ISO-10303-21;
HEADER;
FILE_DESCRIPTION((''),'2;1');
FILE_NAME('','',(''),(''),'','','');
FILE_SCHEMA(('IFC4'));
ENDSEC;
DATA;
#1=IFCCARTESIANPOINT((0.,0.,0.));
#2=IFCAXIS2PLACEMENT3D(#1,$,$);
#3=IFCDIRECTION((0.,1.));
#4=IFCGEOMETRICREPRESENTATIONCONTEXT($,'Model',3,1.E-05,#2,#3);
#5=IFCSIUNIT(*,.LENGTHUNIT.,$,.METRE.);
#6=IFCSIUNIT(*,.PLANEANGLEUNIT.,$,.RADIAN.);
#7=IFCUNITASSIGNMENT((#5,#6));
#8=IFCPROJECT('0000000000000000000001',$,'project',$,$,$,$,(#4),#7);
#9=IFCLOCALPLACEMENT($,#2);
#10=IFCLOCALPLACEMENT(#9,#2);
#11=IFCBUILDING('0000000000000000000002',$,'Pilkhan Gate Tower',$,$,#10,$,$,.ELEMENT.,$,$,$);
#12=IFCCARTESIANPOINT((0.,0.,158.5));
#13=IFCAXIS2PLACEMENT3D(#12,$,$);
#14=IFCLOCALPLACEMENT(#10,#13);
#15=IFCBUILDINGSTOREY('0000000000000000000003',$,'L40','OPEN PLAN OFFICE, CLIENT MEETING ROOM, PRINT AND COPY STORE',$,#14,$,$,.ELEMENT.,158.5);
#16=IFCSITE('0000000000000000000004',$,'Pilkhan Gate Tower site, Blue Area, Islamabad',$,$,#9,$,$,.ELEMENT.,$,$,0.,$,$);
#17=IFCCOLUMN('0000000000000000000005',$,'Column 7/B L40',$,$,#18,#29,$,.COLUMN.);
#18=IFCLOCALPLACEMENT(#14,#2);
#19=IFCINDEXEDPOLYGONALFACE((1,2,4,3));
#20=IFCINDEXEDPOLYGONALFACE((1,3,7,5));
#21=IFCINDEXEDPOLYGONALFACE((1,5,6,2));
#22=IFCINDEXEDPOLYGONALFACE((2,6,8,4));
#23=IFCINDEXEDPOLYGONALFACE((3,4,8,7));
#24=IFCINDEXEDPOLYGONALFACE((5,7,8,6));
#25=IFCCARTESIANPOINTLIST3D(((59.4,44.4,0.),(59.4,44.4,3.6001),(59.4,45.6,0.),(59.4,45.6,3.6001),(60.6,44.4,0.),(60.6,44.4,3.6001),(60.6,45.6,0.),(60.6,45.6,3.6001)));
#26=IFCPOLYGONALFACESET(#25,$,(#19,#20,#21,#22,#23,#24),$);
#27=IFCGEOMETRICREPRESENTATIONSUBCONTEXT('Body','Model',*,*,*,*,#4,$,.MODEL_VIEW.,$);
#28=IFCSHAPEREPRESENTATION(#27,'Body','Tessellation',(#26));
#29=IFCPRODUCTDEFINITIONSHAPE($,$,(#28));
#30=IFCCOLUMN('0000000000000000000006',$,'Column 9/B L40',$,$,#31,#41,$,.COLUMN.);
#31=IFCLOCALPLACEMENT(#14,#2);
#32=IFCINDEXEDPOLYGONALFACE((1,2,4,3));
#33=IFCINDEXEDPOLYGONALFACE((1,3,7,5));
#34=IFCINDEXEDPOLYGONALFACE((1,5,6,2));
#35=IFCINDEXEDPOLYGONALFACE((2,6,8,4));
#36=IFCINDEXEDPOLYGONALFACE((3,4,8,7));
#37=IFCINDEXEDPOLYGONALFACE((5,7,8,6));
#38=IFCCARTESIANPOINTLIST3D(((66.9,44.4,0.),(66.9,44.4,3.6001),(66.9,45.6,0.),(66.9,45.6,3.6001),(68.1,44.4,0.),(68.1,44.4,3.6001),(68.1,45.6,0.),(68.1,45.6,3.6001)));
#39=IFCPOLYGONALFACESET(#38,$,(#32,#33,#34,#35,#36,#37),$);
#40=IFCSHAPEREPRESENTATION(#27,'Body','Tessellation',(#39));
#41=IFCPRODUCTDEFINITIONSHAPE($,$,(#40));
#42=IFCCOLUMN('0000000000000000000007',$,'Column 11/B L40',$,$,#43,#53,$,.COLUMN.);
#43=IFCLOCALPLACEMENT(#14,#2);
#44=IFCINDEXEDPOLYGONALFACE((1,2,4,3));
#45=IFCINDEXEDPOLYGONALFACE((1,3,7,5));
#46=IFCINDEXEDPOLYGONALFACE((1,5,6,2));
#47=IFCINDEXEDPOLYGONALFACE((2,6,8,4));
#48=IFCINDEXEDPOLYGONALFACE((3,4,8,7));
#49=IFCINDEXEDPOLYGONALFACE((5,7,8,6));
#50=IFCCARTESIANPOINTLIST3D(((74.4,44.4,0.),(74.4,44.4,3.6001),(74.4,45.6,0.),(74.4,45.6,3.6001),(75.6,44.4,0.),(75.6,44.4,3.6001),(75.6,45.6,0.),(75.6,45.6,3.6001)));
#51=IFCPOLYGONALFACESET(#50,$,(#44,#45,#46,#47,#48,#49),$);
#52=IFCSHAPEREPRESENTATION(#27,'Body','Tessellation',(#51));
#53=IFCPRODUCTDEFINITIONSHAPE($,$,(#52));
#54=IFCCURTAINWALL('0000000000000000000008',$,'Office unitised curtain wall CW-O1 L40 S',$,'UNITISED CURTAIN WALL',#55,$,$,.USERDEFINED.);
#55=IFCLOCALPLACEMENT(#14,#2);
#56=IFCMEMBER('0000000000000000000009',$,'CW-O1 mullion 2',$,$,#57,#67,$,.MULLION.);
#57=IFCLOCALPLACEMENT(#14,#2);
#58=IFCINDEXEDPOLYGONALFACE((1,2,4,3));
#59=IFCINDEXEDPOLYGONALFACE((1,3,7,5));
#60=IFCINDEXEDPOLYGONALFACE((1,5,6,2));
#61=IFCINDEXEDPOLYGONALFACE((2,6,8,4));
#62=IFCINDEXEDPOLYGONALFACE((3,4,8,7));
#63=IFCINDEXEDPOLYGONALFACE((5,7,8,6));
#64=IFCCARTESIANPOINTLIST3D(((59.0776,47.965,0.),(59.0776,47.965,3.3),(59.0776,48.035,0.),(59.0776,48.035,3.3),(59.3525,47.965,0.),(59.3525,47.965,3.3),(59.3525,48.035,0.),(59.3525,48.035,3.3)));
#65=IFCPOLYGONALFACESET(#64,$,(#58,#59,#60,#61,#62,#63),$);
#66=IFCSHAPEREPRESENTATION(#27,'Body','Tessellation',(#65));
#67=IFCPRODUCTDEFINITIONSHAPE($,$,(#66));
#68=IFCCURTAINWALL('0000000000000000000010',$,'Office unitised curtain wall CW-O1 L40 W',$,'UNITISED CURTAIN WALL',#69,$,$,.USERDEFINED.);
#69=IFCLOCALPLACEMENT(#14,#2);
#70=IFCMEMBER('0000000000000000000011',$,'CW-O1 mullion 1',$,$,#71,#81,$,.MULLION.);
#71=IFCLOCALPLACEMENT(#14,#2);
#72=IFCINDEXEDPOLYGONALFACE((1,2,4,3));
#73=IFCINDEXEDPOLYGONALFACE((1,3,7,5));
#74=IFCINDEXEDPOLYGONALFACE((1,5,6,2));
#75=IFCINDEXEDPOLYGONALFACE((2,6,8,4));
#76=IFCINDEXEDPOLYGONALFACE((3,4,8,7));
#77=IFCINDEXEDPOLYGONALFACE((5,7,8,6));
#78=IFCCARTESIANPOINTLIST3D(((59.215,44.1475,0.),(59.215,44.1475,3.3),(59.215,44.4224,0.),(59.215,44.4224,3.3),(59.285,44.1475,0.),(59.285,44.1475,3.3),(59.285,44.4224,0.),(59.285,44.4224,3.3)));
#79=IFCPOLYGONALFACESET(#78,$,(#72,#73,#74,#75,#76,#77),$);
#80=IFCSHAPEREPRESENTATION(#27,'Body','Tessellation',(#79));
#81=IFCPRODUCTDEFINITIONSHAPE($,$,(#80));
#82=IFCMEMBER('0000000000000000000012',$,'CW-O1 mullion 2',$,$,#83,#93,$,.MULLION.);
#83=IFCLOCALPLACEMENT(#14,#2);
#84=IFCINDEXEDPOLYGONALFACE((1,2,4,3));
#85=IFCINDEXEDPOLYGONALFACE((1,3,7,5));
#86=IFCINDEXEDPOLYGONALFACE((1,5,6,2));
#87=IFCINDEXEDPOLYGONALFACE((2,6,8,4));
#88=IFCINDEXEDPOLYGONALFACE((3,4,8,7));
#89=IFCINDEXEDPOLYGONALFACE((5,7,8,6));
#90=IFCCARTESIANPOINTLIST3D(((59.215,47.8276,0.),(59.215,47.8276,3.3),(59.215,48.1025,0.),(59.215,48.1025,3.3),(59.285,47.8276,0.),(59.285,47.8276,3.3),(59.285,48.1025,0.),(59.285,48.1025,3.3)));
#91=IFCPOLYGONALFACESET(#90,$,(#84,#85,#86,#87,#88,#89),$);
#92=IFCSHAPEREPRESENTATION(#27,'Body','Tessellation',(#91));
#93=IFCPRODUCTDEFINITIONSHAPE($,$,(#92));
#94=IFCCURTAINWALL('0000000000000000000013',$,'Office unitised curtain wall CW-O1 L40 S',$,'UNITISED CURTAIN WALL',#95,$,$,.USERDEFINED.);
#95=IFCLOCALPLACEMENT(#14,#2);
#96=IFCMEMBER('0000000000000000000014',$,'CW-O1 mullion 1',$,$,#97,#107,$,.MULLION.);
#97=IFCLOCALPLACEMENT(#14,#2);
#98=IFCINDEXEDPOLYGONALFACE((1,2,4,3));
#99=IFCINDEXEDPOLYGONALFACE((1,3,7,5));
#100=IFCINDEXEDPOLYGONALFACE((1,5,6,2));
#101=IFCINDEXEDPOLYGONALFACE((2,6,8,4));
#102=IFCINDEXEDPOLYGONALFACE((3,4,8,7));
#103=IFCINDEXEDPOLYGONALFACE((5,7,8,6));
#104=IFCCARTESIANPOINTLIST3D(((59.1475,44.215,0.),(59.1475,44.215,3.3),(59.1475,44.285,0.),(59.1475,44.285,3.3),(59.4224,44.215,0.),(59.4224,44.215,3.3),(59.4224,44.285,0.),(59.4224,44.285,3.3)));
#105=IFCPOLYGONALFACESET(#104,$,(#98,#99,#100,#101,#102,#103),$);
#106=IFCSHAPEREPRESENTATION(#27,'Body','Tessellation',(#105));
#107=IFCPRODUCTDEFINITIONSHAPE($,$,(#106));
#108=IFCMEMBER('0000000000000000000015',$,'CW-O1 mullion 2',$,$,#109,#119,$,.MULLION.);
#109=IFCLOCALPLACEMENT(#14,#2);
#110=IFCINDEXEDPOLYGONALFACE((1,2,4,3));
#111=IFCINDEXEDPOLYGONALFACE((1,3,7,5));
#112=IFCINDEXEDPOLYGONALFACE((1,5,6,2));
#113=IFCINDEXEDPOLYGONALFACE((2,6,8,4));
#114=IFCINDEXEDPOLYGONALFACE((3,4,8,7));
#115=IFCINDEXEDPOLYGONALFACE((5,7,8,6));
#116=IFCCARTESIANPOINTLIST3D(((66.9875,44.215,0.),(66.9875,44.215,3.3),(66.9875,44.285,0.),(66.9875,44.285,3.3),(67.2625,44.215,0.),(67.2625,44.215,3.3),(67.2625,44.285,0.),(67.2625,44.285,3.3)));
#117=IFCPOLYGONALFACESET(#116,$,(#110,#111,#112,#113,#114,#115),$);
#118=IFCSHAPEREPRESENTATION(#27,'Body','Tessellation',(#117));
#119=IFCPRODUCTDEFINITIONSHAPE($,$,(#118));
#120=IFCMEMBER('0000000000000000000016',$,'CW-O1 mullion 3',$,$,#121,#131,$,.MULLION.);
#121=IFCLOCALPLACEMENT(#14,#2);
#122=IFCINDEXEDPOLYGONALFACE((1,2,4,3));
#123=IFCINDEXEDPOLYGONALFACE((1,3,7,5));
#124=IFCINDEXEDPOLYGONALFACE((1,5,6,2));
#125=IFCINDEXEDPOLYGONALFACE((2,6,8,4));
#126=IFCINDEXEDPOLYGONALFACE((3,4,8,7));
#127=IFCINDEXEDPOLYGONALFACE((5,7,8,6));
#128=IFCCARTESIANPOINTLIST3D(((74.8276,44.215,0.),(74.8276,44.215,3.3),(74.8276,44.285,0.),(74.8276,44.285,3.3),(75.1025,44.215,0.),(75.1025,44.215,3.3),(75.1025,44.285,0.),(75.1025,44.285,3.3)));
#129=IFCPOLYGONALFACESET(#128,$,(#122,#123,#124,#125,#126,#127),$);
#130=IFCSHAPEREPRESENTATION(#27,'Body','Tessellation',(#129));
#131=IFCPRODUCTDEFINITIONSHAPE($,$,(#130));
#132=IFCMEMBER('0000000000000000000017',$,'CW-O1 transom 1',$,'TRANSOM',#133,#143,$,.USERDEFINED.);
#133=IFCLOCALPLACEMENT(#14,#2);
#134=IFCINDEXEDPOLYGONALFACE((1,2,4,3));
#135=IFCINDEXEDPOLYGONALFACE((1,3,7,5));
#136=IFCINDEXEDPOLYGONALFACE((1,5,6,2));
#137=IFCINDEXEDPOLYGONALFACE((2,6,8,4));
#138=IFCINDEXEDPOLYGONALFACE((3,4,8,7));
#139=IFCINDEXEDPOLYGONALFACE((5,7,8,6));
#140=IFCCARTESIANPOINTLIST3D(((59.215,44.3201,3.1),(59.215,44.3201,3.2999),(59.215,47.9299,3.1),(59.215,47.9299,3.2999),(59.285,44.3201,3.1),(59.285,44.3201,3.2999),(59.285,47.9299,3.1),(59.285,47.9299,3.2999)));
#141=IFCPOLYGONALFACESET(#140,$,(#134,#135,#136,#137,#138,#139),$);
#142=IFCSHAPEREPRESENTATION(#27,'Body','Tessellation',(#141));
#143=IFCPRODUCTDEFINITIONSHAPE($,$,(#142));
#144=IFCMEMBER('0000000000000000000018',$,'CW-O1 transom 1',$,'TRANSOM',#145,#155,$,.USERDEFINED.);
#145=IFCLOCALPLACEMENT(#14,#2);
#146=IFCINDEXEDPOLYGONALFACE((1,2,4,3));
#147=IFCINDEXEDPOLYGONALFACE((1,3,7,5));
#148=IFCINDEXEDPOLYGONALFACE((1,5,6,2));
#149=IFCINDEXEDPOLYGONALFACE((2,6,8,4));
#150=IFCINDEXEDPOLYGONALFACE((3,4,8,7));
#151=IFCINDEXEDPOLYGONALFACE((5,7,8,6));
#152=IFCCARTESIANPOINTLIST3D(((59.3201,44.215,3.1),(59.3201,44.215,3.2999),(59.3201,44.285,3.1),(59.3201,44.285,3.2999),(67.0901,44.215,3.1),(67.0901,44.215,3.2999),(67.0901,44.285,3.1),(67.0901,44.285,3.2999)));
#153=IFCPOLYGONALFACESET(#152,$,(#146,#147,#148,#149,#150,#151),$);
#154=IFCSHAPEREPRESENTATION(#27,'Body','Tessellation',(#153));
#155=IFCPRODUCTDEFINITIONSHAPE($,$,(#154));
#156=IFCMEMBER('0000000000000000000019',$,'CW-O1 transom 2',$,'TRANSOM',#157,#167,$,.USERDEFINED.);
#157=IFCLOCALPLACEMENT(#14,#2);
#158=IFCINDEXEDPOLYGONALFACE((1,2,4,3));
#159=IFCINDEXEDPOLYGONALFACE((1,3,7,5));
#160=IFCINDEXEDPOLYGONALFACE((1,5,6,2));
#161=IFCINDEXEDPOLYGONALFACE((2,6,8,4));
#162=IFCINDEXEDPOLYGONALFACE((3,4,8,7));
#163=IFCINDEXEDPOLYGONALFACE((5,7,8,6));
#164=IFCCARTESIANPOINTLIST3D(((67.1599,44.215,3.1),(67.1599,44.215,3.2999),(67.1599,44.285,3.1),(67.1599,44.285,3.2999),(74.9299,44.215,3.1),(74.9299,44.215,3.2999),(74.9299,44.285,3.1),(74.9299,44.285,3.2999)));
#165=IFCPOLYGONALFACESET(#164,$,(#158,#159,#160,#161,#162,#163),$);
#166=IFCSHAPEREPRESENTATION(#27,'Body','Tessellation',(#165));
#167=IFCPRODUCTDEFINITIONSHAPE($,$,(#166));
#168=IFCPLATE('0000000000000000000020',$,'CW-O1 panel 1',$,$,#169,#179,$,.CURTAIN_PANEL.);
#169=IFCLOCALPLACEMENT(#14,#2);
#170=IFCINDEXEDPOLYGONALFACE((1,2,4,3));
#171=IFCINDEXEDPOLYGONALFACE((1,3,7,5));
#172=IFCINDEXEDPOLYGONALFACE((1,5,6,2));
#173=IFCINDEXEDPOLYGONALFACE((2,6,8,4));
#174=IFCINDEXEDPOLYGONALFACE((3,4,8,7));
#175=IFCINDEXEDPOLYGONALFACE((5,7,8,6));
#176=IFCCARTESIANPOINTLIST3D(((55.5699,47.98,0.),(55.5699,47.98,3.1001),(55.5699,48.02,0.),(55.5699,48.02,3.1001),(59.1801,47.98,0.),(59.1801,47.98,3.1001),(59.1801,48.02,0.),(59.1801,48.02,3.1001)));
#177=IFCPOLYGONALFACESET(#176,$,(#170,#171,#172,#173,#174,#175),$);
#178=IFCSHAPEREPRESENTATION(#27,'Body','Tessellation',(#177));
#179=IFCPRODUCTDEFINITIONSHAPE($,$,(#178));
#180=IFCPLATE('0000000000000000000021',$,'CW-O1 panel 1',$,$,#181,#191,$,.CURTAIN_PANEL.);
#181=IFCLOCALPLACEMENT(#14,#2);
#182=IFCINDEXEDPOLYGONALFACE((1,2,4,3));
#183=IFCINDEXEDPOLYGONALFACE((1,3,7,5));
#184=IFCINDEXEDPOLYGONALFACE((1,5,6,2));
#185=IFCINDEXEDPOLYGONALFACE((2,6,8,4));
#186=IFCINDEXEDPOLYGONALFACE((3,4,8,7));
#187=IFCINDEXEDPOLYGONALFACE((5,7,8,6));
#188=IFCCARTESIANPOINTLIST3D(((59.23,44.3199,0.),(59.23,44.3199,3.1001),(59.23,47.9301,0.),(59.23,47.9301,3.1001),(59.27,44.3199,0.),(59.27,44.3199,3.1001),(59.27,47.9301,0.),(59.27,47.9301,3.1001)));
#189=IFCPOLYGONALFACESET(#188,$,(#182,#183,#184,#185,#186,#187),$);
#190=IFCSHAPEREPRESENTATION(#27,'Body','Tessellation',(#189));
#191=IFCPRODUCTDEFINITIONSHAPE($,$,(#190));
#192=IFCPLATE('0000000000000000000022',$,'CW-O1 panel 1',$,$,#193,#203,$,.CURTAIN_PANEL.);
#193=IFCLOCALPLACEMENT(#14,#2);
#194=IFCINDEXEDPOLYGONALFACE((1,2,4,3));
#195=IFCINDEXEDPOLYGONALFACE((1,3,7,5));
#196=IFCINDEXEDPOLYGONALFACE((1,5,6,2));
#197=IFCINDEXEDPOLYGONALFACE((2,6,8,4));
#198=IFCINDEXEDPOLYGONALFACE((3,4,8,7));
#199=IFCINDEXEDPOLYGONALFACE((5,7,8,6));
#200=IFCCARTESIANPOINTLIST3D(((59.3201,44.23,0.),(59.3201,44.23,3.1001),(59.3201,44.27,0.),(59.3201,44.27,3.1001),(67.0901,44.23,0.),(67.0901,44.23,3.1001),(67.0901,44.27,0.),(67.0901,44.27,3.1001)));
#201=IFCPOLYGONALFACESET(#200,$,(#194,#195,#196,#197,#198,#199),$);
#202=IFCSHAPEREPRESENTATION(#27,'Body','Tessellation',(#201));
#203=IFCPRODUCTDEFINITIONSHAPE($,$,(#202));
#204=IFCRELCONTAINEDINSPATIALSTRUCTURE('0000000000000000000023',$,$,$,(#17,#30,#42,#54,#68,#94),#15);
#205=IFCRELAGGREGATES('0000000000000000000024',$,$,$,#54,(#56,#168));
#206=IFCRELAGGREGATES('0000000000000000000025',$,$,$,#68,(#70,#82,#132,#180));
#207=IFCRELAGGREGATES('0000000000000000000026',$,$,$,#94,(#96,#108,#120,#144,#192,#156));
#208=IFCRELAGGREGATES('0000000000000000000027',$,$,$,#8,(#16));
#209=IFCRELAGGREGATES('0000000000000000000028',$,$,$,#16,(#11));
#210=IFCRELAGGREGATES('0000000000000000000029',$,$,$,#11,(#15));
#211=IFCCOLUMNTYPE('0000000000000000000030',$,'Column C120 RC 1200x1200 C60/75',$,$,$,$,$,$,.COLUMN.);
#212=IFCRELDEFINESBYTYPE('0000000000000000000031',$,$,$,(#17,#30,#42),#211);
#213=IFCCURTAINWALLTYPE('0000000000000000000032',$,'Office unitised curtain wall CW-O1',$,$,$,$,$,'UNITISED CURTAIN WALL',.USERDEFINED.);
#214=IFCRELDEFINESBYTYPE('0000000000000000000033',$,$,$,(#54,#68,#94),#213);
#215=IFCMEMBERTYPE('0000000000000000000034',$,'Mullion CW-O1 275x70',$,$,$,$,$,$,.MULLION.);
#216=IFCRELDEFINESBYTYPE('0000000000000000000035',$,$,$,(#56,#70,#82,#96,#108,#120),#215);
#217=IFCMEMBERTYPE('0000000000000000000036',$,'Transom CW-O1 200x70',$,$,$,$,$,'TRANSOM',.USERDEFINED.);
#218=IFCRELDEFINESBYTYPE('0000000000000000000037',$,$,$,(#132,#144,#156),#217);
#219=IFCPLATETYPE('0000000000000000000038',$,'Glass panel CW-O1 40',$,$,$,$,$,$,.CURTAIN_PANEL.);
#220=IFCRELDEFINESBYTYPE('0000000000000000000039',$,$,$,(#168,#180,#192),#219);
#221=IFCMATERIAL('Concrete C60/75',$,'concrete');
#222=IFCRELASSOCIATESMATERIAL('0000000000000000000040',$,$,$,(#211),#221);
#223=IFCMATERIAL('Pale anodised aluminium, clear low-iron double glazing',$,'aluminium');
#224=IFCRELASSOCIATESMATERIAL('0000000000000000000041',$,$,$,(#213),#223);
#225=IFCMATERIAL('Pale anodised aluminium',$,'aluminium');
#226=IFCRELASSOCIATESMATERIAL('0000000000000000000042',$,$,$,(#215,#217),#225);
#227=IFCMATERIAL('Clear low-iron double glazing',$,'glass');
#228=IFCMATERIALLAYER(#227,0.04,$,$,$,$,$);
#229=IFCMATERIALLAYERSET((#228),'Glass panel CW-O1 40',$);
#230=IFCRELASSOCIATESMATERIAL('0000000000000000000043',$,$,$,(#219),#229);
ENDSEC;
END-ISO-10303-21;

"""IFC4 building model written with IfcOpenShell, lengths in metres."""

from ifc_helpers import new_model, si_unit, direction, frame, origin, origin_2d, place, context, subcontext, project, spatial, rectangle, extrude, material, layer, layer_set, material_profile, profile_set, type_object, element, aggregate, save


model = new_model("IFC4")

# Units and contexts
model_context = context("Model", 3, precision=1e-05, world=origin(), true_north=direction((0.0, 1.0)))
body_context = subcontext(model_context, "Body", "Model", "MODEL_VIEW")
ifc_project = project(units=[si_unit("LENGTHUNIT", "METRE"), si_unit("PLANEANGLEUNIT", "RADIAN")], contexts=[model_context])

# Site, building, storey
site_placement = place(None, origin())
site = spatial("IfcSite", under=ifc_project, at=site_placement, Name="Pilkhan Gate Tower site, Blue Area, Islamabad", CompositionType="ELEMENT", RefElevation=0.0)
building_placement = place(site_placement, origin())
building = spatial("IfcBuilding", under=site, at=building_placement, Name="Pilkhan Gate Tower", CompositionType="ELEMENT")
storey_placement = place(building_placement, frame((0.0, 0.0, 158.5)))
storey = spatial("IfcBuildingStorey", under=building, at=storey_placement, Name="L40", Description="OPEN PLAN OFFICE, CLIENT MEETING ROOM, PRINT AND COPY STORE", CompositionType="ELEMENT", Elevation=158.5)

# Columns
ifc_material_1 = material(Name="Concrete C60/75", Category="concrete")
ifc_material_profile_1 = material_profile(ifc_material_1, rectangle(XDim=1.2, YDim=1.2, at=origin_2d()), Name="RC 1200x1200")
ifc_profile_set_1 = profile_set([ifc_material_profile_1], Name="Concrete C60/75")
column_type = type_object("IfcColumnType", Name="Column C120 RC 1200x1200 C60/75", PredefinedType="COLUMN", material=ifc_profile_set_1)
for number, where, z_axis, x_axis, name in (
    (1, (60.0, 45.0, 0.0), (0.0, 0.0, 1.0), (1.0, 0.0, 0.0), "Column 7/B L40"),
    (2, (67.5, 45.0, 0.0), (0.0, 0.0, 1.0), (1.0, 0.0, 0.0), "Column 9/B L40"),
    (3, (75.0, 45.0, 0.0), (0.0, 0.0, 1.0), (1.0, 0.0, 0.0), "Column 11/B L40"),
):
    element("IfcColumn", number, at=place(storey_placement, frame(where, z_axis=z_axis, x_axis=x_axis)), inside=storey, type_object=column_type, Name=name, PredefinedType="COLUMN", context=body_context, shape_type="SweptSolid", body=[
        extrude(rectangle(XDim=1.2, YDim=1.2, at=origin_2d()), origin(), (0.0, 0.0, 1.0), 3.6001),
    ])

# Curtain wall, member
ifc_material_2 = material(Name="Pale anodised aluminium, clear low-iron double glazing", Category="aluminium")
curtain_wall_type = type_object("IfcCurtainWallType", Name="Office unitised curtain wall CW-O1", ElementType="UNITISED CURTAIN WALL", PredefinedType="USERDEFINED", material=ifc_material_2)
curtain_wall_1_placement = place(storey_placement, origin())
curtain_wall_1 = element("IfcCurtainWall", 4, at=curtain_wall_1_placement, inside=storey, type_object=curtain_wall_type, Name="Office unitised curtain wall CW-O1 L40 S", ObjectType="UNITISED CURTAIN WALL", PredefinedType="USERDEFINED")
ifc_material_3 = material(Name="Pale anodised aluminium", Category="aluminium")
ifc_material_profile_2 = material_profile(ifc_material_3, rectangle(XDim=0.0701, YDim=0.2749, at=origin_2d()), Name="Mullion 275x70")
ifc_profile_set_2 = profile_set([ifc_material_profile_2], Name="Pale anodised aluminium")
member_type_1 = type_object("IfcMemberType", Name="Mullion CW-O1 275x70", PredefinedType="MULLION", material=ifc_profile_set_2)
member_1_placement = place(storey_placement, frame((59.2151, 48.0, 0.0), z_axis=(0.0, 0.0, 1.0), x_axis=(0.0, 1.0, 0.0)))
member_1 = element("IfcMember", 5, at=member_1_placement, type_object=member_type_1, Name="CW-O1 mullion 2", PredefinedType="MULLION", context=body_context, shape_type="SweptSolid", body=[
    extrude(rectangle(XDim=0.0701, YDim=0.2749, at=origin_2d()), origin(), (0.0, 0.0, 1.0), 3.3),
])

# Curtain walls, members
curtain_wall_2_placement = place(storey_placement, origin())
curtain_wall_2 = element("IfcCurtainWall", 6, at=curtain_wall_2_placement, inside=storey, type_object=curtain_wall_type, Name="Office unitised curtain wall CW-O1 L40 W", ObjectType="UNITISED CURTAIN WALL", PredefinedType="USERDEFINED")
member_2_placement = place(storey_placement, frame((59.25, 44.2849, 0.0), z_axis=(0.0, 0.0, 1.0), x_axis=(-1.0, 0.0, 0.0)))
member_2 = element("IfcMember", 7, at=member_2_placement, type_object=member_type_1, Name="CW-O1 mullion 1", PredefinedType="MULLION", context=body_context, shape_type="SweptSolid", body=[
    extrude(rectangle(XDim=0.0701, YDim=0.2749, at=origin_2d()), origin(), (0.0, 0.0, 1.0), 3.3),
])
member_3_placement = place(storey_placement, frame((59.25, 47.9651, 0.0), z_axis=(0.0, 0.0, 1.0), x_axis=(-1.0, 0.0, 0.0)))
member_3 = element("IfcMember", 8, at=member_3_placement, type_object=member_type_1, Name="CW-O1 mullion 2", PredefinedType="MULLION", context=body_context, shape_type="SweptSolid", body=[
    extrude(rectangle(XDim=0.0701, YDim=0.2749, at=origin_2d()), origin(), (0.0, 0.0, 1.0), 3.3),
])
curtain_wall_3_placement = place(storey_placement, origin())
curtain_wall_3 = element("IfcCurtainWall", 9, at=curtain_wall_3_placement, inside=storey, type_object=curtain_wall_type, Name="Office unitised curtain wall CW-O1 L40 S", ObjectType="UNITISED CURTAIN WALL", PredefinedType="USERDEFINED")
member_4_placement = place(storey_placement, frame((59.2849, 44.25, 0.0), z_axis=(0.0, 0.0, 1.0), x_axis=(0.0, 1.0, 0.0)))
member_4 = element("IfcMember", 10, at=member_4_placement, type_object=member_type_1, Name="CW-O1 mullion 1", PredefinedType="MULLION", context=body_context, shape_type="SweptSolid", body=[
    extrude(rectangle(XDim=0.0701, YDim=0.2749, at=origin_2d()), origin(), (0.0, 0.0, 1.0), 3.3),
])
member_5_placement = place(storey_placement, frame((67.125, 44.25, 0.0), z_axis=(0.0, 0.0, 1.0), x_axis=(0.0, 1.0, 0.0)))
member_5 = element("IfcMember", 11, at=member_5_placement, type_object=member_type_1, Name="CW-O1 mullion 2", PredefinedType="MULLION", context=body_context, shape_type="SweptSolid", body=[
    extrude(rectangle(XDim=0.0701, YDim=0.2749, at=origin_2d()), origin(), (0.0, 0.0, 1.0), 3.3),
])
member_6_placement = place(storey_placement, frame((74.9651, 44.25, 0.0), z_axis=(0.0, 0.0, 1.0), x_axis=(0.0, 1.0, 0.0)))
member_6 = element("IfcMember", 12, at=member_6_placement, type_object=member_type_1, Name="CW-O1 mullion 3", PredefinedType="MULLION", context=body_context, shape_type="SweptSolid", body=[
    extrude(rectangle(XDim=0.0701, YDim=0.2749, at=origin_2d()), origin(), (0.0, 0.0, 1.0), 3.3),
])

# Members
ifc_material_profile_3 = material_profile(ifc_material_3, rectangle(XDim=0.0701, YDim=0.2, at=origin_2d()), Name="Transom 200x70")
ifc_profile_set_3 = profile_set([ifc_material_profile_3], Name="Pale anodised aluminium")
member_type_2 = type_object("IfcMemberType", Name="Transom CW-O1 200x70", ElementType="TRANSOM", PredefinedType="USERDEFINED", material=ifc_profile_set_3)
member_7_placement = place(storey_placement, frame((59.25, 44.3201, 3.2), z_axis=(0.0, 1.0, 0.0), x_axis=(-1.0, 0.0, 0.0)))
member_7 = element("IfcMember", 13, at=member_7_placement, type_object=member_type_2, Name="CW-O1 transom 1", ObjectType="TRANSOM", PredefinedType="USERDEFINED", context=body_context, shape_type="SweptSolid", body=[
    extrude(rectangle(XDim=0.0701, YDim=0.2, at=origin_2d()), origin(), (0.0, 0.0, 1.0), 3.6099),
])
member_8_placement = place(storey_placement, frame((59.3201, 44.25, 3.2), z_axis=(1.0, 0.0, 0.0), x_axis=(0.0, 1.0, 0.0)))
member_8 = element("IfcMember", 14, at=member_8_placement, type_object=member_type_2, Name="CW-O1 transom 1", ObjectType="TRANSOM", PredefinedType="USERDEFINED", context=body_context, shape_type="SweptSolid", body=[
    extrude(rectangle(XDim=0.0701, YDim=0.2, at=origin_2d()), origin(), (0.0, 0.0, 1.0), 7.77),
])
member_9_placement = place(storey_placement, frame((67.1599, 44.25, 3.2), z_axis=(1.0, 0.0, 0.0), x_axis=(0.0, 1.0, 0.0)))
member_9 = element("IfcMember", 15, at=member_9_placement, type_object=member_type_2, Name="CW-O1 transom 2", ObjectType="TRANSOM", PredefinedType="USERDEFINED", context=body_context, shape_type="SweptSolid", body=[
    extrude(rectangle(XDim=0.0701, YDim=0.2, at=origin_2d()), origin(), (0.0, 0.0, 1.0), 7.77),
])

# Plates
ifc_material_4 = material(Name="Clear low-iron double glazing", Category="glass")
ifc_layer_1 = layer(ifc_material_4, 0.04)
ifc_layer_set_1 = layer_set([ifc_layer_1], Name="Glass panel CW-O1 40")
plate_type = type_object("IfcPlateType", Name="Glass panel CW-O1 40", PredefinedType="CURTAIN_PANEL", material=ifc_layer_set_1)
plate_1_placement = place(storey_placement, frame((57.375, 48.0, 0.0), z_axis=(0.0, 0.0, 1.0), x_axis=(1.0, 0.0, 0.0)))
plate_1 = element("IfcPlate", 16, at=plate_1_placement, type_object=plate_type, Name="CW-O1 panel 1", PredefinedType="CURTAIN_PANEL", context=body_context, shape_type="SweptSolid", body=[
    extrude(rectangle(XDim=3.6101, YDim=0.04, at=origin_2d()), origin(), (0.0, 0.0, 1.0), 3.1001),
])
aggregate(curtain_wall_1, [member_1, plate_1])
plate_2_placement = place(storey_placement, frame((59.25, 46.125, 0.0), z_axis=(0.0, 0.0, 1.0), x_axis=(0.0, 1.0, 0.0)))
plate_2 = element("IfcPlate", 17, at=plate_2_placement, type_object=plate_type, Name="CW-O1 panel 1", PredefinedType="CURTAIN_PANEL", context=body_context, shape_type="SweptSolid", body=[
    extrude(rectangle(XDim=3.6101, YDim=0.04, at=origin_2d()), origin(), (0.0, 0.0, 1.0), 3.1001),
])
aggregate(curtain_wall_2, [member_2, member_3, member_7, plate_2])
plate_3_placement = place(storey_placement, frame((63.2051, 44.25, 0.0), z_axis=(0.0, 0.0, 1.0), x_axis=(1.0, 0.0, 0.0)))
plate_3 = element("IfcPlate", 18, at=plate_3_placement, type_object=plate_type, Name="CW-O1 panel 1", PredefinedType="CURTAIN_PANEL", context=body_context, shape_type="SweptSolid", body=[
    extrude(rectangle(XDim=7.77, YDim=0.04, at=origin_2d()), origin(), (0.0, 0.0, 1.0), 3.1001),
])
aggregate(curtain_wall_3, [member_4, member_5, member_6, member_8, plate_3, member_9])

save(model, "model.ifc")
